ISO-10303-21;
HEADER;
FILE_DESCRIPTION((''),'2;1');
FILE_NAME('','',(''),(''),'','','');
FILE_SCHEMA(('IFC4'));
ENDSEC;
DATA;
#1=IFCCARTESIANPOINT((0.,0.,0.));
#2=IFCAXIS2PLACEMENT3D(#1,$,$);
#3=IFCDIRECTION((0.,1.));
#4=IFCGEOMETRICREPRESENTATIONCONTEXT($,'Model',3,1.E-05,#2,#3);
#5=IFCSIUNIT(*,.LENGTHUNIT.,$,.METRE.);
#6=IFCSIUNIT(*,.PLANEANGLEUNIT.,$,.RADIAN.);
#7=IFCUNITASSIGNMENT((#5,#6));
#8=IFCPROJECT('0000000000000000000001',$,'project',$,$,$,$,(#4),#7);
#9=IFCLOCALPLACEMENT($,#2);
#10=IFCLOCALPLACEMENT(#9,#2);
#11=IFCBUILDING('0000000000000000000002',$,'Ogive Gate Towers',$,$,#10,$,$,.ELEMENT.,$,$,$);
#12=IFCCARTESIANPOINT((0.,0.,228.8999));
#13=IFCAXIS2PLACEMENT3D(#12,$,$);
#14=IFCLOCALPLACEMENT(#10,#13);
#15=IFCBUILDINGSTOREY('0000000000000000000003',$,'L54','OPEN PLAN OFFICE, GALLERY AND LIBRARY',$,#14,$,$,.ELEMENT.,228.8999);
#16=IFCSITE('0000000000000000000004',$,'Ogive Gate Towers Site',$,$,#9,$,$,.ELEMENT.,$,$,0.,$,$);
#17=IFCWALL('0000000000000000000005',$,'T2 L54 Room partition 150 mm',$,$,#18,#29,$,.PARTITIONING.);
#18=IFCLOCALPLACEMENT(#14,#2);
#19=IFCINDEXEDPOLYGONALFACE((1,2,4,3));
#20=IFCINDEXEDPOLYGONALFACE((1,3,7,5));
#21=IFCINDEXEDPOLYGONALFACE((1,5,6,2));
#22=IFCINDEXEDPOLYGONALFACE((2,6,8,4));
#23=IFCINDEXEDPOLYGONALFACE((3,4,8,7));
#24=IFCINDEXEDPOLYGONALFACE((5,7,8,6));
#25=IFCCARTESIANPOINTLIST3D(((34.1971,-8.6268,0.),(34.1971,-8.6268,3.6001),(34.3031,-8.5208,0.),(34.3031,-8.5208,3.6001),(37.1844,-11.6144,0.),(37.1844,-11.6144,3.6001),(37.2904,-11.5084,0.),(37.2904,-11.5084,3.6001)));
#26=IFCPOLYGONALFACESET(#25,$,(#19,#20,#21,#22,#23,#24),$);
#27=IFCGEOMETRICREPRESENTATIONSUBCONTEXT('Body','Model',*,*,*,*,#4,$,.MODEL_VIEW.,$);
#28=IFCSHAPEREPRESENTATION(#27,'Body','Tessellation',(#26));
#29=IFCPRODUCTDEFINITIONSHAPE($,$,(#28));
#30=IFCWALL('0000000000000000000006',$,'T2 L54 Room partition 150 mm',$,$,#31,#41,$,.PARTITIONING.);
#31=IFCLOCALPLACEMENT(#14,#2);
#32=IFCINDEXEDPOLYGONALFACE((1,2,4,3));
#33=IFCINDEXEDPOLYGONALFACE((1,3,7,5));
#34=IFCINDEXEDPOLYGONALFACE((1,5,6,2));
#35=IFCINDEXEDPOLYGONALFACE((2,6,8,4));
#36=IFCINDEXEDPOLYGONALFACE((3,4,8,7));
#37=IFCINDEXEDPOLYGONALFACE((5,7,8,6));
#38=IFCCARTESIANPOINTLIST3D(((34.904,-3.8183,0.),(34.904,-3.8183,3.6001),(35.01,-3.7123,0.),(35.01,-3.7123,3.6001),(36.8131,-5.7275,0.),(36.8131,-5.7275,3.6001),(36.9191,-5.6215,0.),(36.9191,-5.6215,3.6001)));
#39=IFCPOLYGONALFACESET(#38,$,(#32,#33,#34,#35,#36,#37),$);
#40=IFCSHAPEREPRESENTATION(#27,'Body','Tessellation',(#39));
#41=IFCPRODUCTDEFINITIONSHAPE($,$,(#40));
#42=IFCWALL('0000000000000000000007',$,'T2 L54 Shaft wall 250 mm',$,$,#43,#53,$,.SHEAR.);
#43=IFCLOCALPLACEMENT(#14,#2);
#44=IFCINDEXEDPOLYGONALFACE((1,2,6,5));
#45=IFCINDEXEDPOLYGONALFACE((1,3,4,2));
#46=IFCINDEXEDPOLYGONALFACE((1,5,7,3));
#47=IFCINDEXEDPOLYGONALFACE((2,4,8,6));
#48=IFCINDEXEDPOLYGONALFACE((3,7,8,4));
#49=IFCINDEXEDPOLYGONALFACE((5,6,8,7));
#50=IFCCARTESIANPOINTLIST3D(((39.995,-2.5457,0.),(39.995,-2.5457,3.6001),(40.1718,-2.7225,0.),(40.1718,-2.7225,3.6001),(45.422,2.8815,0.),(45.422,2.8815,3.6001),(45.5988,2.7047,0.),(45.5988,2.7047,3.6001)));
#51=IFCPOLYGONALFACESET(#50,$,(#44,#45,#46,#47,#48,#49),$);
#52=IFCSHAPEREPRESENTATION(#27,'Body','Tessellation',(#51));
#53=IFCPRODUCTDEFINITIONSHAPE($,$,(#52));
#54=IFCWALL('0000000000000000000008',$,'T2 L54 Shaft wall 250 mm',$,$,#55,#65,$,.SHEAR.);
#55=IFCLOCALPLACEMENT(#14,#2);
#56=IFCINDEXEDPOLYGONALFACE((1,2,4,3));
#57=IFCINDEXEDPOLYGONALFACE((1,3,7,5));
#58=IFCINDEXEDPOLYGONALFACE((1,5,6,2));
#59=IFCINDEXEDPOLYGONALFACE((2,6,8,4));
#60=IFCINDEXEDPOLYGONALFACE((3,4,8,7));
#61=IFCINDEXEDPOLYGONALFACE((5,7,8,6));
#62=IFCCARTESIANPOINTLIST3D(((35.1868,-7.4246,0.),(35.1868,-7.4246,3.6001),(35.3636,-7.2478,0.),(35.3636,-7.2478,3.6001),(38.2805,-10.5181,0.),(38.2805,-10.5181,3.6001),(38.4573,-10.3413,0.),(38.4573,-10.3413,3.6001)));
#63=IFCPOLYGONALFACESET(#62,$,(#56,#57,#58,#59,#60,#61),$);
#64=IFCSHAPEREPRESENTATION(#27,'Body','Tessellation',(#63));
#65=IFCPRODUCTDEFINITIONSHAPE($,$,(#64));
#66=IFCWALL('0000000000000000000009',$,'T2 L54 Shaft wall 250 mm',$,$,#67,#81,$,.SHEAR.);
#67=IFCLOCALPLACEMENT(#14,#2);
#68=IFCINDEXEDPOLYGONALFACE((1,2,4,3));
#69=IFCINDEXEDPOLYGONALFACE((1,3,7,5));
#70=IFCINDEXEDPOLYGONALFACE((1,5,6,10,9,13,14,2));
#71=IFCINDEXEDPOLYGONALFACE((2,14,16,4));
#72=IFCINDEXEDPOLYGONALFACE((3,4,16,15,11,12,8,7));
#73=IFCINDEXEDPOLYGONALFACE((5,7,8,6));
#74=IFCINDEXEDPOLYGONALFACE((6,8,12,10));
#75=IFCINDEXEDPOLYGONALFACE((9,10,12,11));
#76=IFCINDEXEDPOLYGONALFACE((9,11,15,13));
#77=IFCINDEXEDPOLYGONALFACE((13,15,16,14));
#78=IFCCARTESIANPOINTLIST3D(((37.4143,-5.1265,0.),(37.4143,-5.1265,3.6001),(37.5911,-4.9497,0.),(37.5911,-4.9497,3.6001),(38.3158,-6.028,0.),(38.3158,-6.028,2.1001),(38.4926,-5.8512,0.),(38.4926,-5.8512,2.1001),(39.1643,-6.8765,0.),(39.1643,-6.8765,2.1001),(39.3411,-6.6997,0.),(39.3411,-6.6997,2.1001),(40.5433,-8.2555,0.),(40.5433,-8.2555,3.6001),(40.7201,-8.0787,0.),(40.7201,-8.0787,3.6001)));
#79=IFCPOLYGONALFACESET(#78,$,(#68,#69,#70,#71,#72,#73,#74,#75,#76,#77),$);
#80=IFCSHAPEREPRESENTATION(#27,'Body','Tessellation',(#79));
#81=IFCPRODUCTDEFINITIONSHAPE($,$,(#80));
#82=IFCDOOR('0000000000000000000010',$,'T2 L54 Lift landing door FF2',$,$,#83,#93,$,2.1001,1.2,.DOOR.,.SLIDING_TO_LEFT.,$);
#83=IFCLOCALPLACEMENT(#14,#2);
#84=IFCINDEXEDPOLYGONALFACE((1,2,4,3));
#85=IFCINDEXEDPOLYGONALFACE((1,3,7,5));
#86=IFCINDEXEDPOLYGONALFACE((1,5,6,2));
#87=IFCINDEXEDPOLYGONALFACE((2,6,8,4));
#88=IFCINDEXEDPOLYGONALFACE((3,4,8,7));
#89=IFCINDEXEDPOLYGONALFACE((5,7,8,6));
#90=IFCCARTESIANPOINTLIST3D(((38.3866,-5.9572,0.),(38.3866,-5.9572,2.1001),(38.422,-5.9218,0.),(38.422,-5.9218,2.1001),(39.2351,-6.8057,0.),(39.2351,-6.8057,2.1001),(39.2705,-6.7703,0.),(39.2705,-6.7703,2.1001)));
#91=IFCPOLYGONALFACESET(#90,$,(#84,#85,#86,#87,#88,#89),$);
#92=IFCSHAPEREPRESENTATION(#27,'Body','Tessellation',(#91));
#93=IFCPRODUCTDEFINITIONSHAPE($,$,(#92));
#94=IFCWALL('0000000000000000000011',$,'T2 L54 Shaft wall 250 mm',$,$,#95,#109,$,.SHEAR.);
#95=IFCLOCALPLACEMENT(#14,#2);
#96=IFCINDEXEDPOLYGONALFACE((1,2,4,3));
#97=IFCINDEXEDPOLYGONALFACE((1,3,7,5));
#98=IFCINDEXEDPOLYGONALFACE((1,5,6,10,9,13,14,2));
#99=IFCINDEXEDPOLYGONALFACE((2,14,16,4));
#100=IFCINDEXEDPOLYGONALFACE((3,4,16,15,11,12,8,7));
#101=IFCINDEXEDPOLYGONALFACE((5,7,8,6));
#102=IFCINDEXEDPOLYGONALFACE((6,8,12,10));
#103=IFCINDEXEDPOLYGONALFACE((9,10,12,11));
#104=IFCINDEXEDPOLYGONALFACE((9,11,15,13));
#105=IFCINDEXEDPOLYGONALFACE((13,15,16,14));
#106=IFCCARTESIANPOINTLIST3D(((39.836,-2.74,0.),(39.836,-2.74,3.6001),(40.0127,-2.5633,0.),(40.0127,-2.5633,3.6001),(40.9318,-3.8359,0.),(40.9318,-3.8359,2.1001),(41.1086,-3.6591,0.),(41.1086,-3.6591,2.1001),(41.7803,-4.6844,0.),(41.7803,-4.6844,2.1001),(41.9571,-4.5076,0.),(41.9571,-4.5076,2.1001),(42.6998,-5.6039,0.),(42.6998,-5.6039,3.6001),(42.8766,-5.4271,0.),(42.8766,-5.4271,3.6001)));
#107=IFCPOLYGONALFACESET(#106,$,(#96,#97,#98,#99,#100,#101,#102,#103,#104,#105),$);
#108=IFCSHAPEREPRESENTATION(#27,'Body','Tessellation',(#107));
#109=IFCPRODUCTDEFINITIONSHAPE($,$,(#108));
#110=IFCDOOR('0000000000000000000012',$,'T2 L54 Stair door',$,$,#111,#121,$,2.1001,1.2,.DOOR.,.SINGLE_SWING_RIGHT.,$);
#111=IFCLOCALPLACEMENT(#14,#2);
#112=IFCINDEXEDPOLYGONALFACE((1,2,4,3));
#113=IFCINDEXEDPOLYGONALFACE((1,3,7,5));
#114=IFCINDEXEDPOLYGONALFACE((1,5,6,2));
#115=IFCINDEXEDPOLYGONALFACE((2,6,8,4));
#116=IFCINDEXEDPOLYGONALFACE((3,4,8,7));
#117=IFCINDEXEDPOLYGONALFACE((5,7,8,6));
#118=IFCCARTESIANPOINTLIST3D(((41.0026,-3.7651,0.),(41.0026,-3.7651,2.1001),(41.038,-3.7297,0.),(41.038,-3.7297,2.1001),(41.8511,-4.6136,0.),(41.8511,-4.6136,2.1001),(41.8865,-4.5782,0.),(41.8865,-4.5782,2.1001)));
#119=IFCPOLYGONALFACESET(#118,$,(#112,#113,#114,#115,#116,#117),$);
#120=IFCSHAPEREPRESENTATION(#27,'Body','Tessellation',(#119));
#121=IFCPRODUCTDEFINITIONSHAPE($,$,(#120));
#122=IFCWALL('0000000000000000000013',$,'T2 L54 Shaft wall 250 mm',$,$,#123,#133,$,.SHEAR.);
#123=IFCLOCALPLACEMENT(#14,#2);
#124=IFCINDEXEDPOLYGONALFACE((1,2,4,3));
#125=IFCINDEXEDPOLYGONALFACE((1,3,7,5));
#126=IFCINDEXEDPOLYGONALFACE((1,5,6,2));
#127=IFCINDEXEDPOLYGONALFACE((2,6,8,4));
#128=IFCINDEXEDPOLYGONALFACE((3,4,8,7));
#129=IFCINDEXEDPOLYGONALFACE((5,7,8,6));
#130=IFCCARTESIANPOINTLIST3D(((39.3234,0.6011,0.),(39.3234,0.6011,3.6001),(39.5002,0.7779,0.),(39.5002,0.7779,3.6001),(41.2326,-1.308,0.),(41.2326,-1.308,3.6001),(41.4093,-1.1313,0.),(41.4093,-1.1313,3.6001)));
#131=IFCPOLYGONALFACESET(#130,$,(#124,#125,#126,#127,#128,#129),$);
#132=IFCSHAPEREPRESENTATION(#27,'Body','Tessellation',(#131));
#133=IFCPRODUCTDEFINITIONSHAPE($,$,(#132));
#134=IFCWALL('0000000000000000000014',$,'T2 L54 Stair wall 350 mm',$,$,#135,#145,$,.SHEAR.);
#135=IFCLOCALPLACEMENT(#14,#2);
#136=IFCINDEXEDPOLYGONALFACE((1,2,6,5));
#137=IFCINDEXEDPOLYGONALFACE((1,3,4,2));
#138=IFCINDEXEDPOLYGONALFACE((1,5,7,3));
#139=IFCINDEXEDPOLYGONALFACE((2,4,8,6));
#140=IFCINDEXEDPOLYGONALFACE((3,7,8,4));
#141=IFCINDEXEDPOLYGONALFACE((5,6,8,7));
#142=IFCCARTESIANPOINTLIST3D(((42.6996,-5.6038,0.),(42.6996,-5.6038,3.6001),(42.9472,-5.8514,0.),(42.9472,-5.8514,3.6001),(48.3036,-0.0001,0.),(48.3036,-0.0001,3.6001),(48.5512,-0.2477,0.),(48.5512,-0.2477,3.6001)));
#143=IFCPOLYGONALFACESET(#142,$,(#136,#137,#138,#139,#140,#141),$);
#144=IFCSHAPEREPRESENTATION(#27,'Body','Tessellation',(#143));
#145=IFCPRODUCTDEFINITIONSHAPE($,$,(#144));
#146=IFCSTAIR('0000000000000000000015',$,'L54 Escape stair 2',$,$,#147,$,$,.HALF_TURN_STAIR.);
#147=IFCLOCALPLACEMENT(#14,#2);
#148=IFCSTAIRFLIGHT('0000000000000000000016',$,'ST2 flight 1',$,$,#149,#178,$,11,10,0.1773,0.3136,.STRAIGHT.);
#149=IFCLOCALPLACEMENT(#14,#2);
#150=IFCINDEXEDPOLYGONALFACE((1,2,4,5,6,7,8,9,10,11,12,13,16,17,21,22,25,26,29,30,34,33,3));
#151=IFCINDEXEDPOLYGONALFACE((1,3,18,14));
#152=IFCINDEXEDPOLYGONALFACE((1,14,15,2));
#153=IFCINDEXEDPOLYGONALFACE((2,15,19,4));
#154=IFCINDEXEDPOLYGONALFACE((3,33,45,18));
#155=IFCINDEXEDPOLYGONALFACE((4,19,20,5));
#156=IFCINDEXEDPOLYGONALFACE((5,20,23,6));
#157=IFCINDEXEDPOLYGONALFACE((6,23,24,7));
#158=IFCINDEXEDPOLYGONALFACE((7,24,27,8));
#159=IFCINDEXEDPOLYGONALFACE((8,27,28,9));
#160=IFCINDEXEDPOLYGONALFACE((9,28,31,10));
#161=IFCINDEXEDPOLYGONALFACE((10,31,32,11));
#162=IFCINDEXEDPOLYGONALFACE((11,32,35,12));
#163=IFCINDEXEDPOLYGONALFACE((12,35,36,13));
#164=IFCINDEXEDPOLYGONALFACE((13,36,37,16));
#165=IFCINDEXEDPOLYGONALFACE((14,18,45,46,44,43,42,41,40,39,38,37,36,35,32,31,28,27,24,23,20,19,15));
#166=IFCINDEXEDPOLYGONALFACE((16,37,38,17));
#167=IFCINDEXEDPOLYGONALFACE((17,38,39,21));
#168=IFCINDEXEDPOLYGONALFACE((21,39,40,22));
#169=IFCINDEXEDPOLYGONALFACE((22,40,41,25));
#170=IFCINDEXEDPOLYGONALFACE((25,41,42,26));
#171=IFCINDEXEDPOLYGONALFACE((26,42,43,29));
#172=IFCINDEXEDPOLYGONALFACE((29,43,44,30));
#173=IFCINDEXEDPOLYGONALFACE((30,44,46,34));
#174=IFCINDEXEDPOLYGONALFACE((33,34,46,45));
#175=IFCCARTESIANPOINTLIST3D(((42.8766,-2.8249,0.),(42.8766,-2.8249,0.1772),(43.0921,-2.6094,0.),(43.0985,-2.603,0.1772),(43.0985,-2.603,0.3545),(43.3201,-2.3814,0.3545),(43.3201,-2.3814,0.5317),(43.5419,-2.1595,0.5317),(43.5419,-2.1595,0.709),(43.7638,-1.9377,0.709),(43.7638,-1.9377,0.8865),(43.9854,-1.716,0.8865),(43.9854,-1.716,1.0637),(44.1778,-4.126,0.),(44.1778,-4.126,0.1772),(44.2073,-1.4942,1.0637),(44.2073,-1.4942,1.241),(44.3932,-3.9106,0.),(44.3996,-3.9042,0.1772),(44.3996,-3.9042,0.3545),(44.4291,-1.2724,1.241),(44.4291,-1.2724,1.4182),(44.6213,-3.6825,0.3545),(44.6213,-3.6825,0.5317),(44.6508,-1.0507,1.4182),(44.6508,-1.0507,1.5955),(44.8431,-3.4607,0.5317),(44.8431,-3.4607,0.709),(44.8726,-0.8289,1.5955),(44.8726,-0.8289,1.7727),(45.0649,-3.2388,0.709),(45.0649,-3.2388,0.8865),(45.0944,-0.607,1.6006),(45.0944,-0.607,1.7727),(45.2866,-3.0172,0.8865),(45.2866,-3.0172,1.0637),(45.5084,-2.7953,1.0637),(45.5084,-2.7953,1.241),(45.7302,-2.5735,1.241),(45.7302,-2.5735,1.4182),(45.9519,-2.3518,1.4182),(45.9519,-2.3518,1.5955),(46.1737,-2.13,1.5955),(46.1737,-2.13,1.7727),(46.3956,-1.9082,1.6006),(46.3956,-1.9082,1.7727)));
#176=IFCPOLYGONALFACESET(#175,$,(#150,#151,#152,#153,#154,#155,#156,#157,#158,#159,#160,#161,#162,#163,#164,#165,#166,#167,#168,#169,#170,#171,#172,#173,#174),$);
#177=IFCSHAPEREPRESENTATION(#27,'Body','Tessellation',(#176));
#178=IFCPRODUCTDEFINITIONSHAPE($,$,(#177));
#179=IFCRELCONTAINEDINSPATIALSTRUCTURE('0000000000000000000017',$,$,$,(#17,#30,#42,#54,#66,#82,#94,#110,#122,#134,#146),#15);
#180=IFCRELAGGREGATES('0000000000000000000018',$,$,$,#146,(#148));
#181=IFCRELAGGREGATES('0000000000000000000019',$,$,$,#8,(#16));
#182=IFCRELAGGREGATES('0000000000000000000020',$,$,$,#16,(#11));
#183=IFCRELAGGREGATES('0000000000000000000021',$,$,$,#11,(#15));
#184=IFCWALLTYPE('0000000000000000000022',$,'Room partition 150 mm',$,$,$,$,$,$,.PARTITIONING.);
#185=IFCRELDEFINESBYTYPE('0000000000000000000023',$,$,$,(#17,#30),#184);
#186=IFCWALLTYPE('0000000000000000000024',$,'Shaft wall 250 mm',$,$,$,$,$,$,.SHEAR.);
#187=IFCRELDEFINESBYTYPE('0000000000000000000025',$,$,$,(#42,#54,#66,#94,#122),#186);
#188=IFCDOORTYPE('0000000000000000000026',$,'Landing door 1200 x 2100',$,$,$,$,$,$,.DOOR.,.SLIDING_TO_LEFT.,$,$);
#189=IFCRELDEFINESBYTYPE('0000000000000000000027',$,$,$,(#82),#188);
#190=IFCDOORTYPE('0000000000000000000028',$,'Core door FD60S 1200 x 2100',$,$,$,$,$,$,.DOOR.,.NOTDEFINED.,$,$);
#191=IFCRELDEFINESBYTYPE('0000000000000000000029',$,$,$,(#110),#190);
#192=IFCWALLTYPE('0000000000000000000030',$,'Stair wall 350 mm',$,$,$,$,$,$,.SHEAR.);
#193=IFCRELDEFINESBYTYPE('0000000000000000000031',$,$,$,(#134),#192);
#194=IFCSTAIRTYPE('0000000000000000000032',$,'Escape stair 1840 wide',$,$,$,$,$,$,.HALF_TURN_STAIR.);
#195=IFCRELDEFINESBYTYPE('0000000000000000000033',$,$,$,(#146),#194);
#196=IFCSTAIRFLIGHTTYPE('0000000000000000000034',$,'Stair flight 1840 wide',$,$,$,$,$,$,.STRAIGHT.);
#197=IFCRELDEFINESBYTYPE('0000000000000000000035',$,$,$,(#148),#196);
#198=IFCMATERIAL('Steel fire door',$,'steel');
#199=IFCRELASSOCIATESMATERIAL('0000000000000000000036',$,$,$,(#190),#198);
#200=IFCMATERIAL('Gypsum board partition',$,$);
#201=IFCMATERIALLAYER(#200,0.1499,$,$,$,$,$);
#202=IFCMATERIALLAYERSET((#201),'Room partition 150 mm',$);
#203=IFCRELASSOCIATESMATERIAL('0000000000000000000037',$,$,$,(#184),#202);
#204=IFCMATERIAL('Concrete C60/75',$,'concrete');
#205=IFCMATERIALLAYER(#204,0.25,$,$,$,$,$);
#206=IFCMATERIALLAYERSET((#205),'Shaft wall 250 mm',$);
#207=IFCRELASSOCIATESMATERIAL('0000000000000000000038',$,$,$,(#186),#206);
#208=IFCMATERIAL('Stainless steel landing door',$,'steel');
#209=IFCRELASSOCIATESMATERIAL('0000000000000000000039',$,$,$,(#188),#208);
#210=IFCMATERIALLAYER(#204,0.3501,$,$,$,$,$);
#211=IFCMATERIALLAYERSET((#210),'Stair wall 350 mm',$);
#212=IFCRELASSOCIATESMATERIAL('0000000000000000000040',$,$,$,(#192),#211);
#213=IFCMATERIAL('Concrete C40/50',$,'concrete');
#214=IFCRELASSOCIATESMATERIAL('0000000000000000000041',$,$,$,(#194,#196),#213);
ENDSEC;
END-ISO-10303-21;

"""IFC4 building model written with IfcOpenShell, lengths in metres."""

from ifc_helpers import new_model, si_unit, direction, frame, frame_2d, origin, place, context, subcontext, project, spatial, polyline, rectangle, outline, extrude, material, layer, layer_set, type_object, element, fill, aggregate, save


model = new_model("IFC4")

# Units and contexts
model_context = context("Model", 3, precision=1e-05, world=origin(), true_north=direction((0.0, 1.0)))
body_context = subcontext(model_context, "Body", "Model", "MODEL_VIEW")
ifc_project = project(units=[si_unit("LENGTHUNIT", "METRE"), si_unit("PLANEANGLEUNIT", "RADIAN")], contexts=[model_context])

# Site, building, storey
site_placement = place(None, origin())
site = spatial("IfcSite", under=ifc_project, at=site_placement, Name="Ogive Gate Towers Site", CompositionType="ELEMENT", RefElevation=0.0)
building_placement = place(site_placement, origin())
building = spatial("IfcBuilding", under=site, at=building_placement, Name="Ogive Gate Towers", CompositionType="ELEMENT")
storey_placement = place(building_placement, frame((0.0, 0.0, 228.8999)))
storey = spatial("IfcBuildingStorey", under=building, at=storey_placement, Name="L54", Description="OPEN PLAN OFFICE, GALLERY AND LIBRARY", CompositionType="ELEMENT", Elevation=228.8999)

# Shared definitions
ifc_material_1 = material(Name="Concrete C40/50", Category="concrete")

# Shared definitions
ifc_material_2 = material(Name="Concrete C60/75", Category="concrete")
ifc_material_3 = material(Name="Steel fire door", Category="steel")
door_type_1 = type_object("IfcDoorType", Name="Core door FD60S 1200 x 2100", OperationType="NOTDEFINED", PredefinedType="DOOR", material=ifc_material_3)

# Shared definitions
ifc_material_4 = material(Name="Gypsum board partition")

# Walls
ifc_layer_1 = layer(ifc_material_4, 0.1499)
ifc_layer_set_1 = layer_set([ifc_layer_1], Name="Room partition 150 mm")
wall_type_1 = type_object("IfcWallType", Name="Room partition 150 mm", PredefinedType="PARTITIONING", material=ifc_layer_set_1)
wall_1_placement = place(storey_placement, frame((37.2373, -11.5613, 0.0), z_axis=(0.0, 0.0, 1.0), x_axis=(-0.707078, 0.707136, 0.0)))
element("IfcWall", 1, at=wall_1_placement, inside=storey, type_object=wall_type_1, Name="T2 L54 Room partition 150 mm", PredefinedType="PARTITIONING", context=body_context, shape_type="SweptSolid", body=[
    extrude(rectangle(XDim=4.2249, YDim=0.1499, at=frame_2d((2.1123, 0.0))), origin(), (0.0, 0.0, 1.0), 3.6001),
])
wall_2_placement = place(storey_placement, frame((36.8662, -5.6746, 0.0), z_axis=(0.0, 0.0, 1.0), x_axis=(-0.707107, 0.707107, 0.0)))
element("IfcWall", 2, at=wall_2_placement, inside=storey, type_object=wall_type_1, Name="T2 L54 Room partition 150 mm", PredefinedType="PARTITIONING", context=body_context, shape_type="SweptSolid", body=[
    extrude(rectangle(XDim=2.7, YDim=0.1499, at=frame_2d((1.3501, 0.0))), origin(), (0.0, 0.0, 1.0), 3.6001),
])
ifc_layer_2 = layer(ifc_material_2, 0.25)
ifc_layer_set_2 = layer_set([ifc_layer_2], Name="Shaft wall 250 mm")
wall_type_2 = type_object("IfcWallType", Name="Shaft wall 250 mm", PredefinedType="SHEAR", material=ifc_layer_set_2)
wall_3_placement = place(storey_placement, frame((40.0835, -2.634, 0.0), z_axis=(0.0, 0.0, 1.0), x_axis=(0.707091, 0.707123, 0.0)))
element("IfcWall", 3, at=wall_3_placement, inside=storey, type_object=wall_type_2, Name="T2 L54 Shaft wall 250 mm", PredefinedType="SHEAR", context=body_context, shape_type="SweptSolid", body=[
    extrude(rectangle(XDim=7.675, YDim=0.25, at=frame_2d((3.8374, 0.0))), origin(), (0.0, 0.0, 1.0), 3.6001),
])
wall_4_placement = place(storey_placement, frame((38.3689, -10.4297, 0.0), z_axis=(0.0, 0.0, 1.0), x_axis=(-0.707135, 0.707079, 0.0)))
element("IfcWall", 4, at=wall_4_placement, inside=storey, type_object=wall_type_2, Name="T2 L54 Shaft wall 250 mm", PredefinedType="SHEAR", context=body_context, shape_type="SweptSolid", body=[
    extrude(rectangle(XDim=4.375, YDim=0.25, at=frame_2d((2.1875, 0.0))), origin(), (0.0, 0.0, 1.0), 3.6001),
])

# Walls, openings, doors
wall_5_placement = place(storey_placement, frame((40.6316, -8.167, 0.0), z_axis=(0.0, 0.0, 1.0), x_axis=(-0.707107, 0.707107, 0.0)))
wall_5 = element("IfcWall", 5, at=wall_5_placement, inside=storey, type_object=wall_type_2, Name="T2 L54 Shaft wall 250 mm", PredefinedType="SHEAR", context=body_context, shape_type="SweptSolid", body=[
    extrude(rectangle(XDim=4.425, YDim=0.25, at=frame_2d((2.2124, 0.0))), origin(), (0.0, 0.0, 1.0), 3.6001),
])
opening_1_placement = place(wall_5_placement, frame((1.95, 0.0, 0.0)))
opening_1 = element("IfcOpeningElement", 6, at=opening_1_placement, cuts=wall_5, PredefinedType="OPENING", context=body_context, shape_type="SweptSolid", body=[
    extrude(rectangle(XDim=1.2, YDim=2.1001, at=frame_2d((0.6001, 1.05))), frame((0.0, 0.135, 0.0), z_axis=(0.0, -1.0, 0.0), x_axis=(1.0, 0.0, 0.0)), (0.0, 0.0, 1.0), 0.27),
])
ifc_material_5 = material(Name="Stainless steel landing door", Category="steel")
door_type_2 = type_object("IfcDoorType", Name="Landing door 1200 x 2100", OperationType="SLIDING_TO_LEFT", PredefinedType="DOOR", material=ifc_material_5)
door_1_placement = place(opening_1_placement, origin())
door_1 = element("IfcDoor", 7, at=door_1_placement, inside=storey, type_object=door_type_2, Name="T2 L54 Lift landing door FF2", OperationType="SLIDING_TO_LEFT", OverallHeight=2.1001, OverallWidth=1.2, PredefinedType="DOOR", context=body_context, shape_type="SweptSolid", body=[
    extrude(rectangle(XDim=1.2, YDim=2.1001, at=frame_2d((0.6001, 1.05))), frame((0.0, 0.0249, 0.0), z_axis=(0.0, -1.0, 0.0), x_axis=(1.0, 0.0, 0.0)), (0.0, 0.0, 1.0), 0.05),
])
fill(opening_1, door_1)
wall_6_placement = place(storey_placement, frame((42.7881, -5.5154, 0.0), z_axis=(0.0, 0.0, 1.0), x_axis=(-0.707107, 0.707107, 0.0)))
wall_6 = element("IfcWall", 8, at=wall_6_placement, inside=storey, type_object=wall_type_2, Name="T2 L54 Shaft wall 250 mm", PredefinedType="SHEAR", context=body_context, shape_type="SweptSolid", body=[
    extrude(rectangle(XDim=4.05, YDim=0.25, at=frame_2d((2.0249, 0.0))), origin(), (0.0, 0.0, 1.0), 3.6001),
])
opening_2_placement = place(wall_6_placement, frame((1.3, 0.0, 0.0)))
opening_2 = element("IfcOpeningElement", 9, at=opening_2_placement, cuts=wall_6, PredefinedType="OPENING", context=body_context, shape_type="SweptSolid", body=[
    extrude(rectangle(XDim=1.2, YDim=2.1001, at=frame_2d((0.6001, 1.05))), frame((0.0, 0.135, 0.0), z_axis=(0.0, -1.0, 0.0), x_axis=(1.0, 0.0, 0.0)), (0.0, 0.0, 1.0), 0.27),
])
door_2_placement = place(opening_2_placement, origin())
door_2 = element("IfcDoor", 10, at=door_2_placement, inside=storey, type_object=door_type_1, Name="T2 L54 Stair door", OperationType="SINGLE_SWING_RIGHT", OverallHeight=2.1001, OverallWidth=1.2, PredefinedType="DOOR", context=body_context, shape_type="SweptSolid", body=[
    extrude(rectangle(XDim=1.2, YDim=2.1001, at=frame_2d((0.6001, 1.05))), frame((0.0, 0.0249, 0.0), z_axis=(0.0, -1.0, 0.0), x_axis=(1.0, 0.0, 0.0)), (0.0, 0.0, 1.0), 0.05),
])
fill(opening_2, door_2)

# Walls
wall_7_placement = place(storey_placement, frame((41.321, -1.2197, 0.0), z_axis=(0.0, 0.0, 1.0), x_axis=(-0.707107, 0.707107, 0.0)))
element("IfcWall", 11, at=wall_7_placement, inside=storey, type_object=wall_type_2, Name="T2 L54 Shaft wall 250 mm", PredefinedType="SHEAR", context=body_context, shape_type="SweptSolid", body=[
    extrude(rectangle(XDim=2.7, YDim=0.25, at=frame_2d((1.3501, 0.0))), origin(), (0.0, 0.0, 1.0), 3.6001),
])
ifc_layer_3 = layer(ifc_material_2, 0.3501)
ifc_layer_set_3 = layer_set([ifc_layer_3], Name="Stair wall 350 mm")
wall_type_3 = type_object("IfcWallType", Name="Stair wall 350 mm", PredefinedType="SHEAR", material=ifc_layer_set_3)
wall_8_placement = place(storey_placement, frame((42.8235, -5.7275, 0.0), z_axis=(0.0, 0.0, 1.0), x_axis=(0.707122, 0.707091, 0.0)))
element("IfcWall", 12, at=wall_8_placement, inside=storey, type_object=wall_type_3, Name="T2 L54 Stair wall 350 mm", PredefinedType="SHEAR", context=body_context, shape_type="SweptSolid", body=[
    extrude(rectangle(XDim=7.925, YDim=0.3501, at=frame_2d((3.9624, 0.0))), origin(), (0.0, 0.0, 1.0), 3.6001),
])

# Stair, stair flight
stair_type = type_object("IfcStairType", Name="Escape stair 1840 wide", PredefinedType="HALF_TURN_STAIR", material=ifc_material_1)
stair_placement = place(storey_placement, origin())
stair = element("IfcStair", 13, at=stair_placement, inside=storey, type_object=stair_type, Name="L54 Escape stair 2", PredefinedType="HALF_TURN_STAIR")
stair_flight_type = type_object("IfcStairFlightType", Name="Stair flight 1840 wide", PredefinedType="STRAIGHT", material=ifc_material_1)
stair_flight_placement = place(storey_placement, frame((43.5271, -3.4753, 0.0), z_axis=(0.0, 0.0, 1.0), x_axis=(0.707107, 0.707107, 0.0)))
stair_flight = element("IfcStairFlight", 14, at=stair_flight_placement, type_object=stair_flight_type, Name="ST2 flight 1", NumberOfRisers=11, NumberOfTreads=10, PredefinedType="STRAIGHT", RiserHeight=0.1773, TreadLength=0.3136, context=body_context, shape_type="SweptSolid", body=[
    extrude(outline(polyline([(0.0, 0.0), (0.0, 0.1772), (0.3137, 0.1772), (0.3137, 0.3545), (0.6272, 0.3545), (0.6272, 0.5317), (0.9409, 0.5317), (0.9409, 0.709), (1.2546, 0.709), (1.2546, 0.8865), (1.5681, 0.8865), (1.5681, 1.0637), (1.8818, 1.0637), (1.8818, 1.241), (2.1956, 1.241), (2.1956, 1.4182), (2.509, 1.4182), (2.509, 1.5955), (2.8228, 1.5955), (2.8228, 1.7727), (3.1365, 1.7727), (3.1365, 1.95), (3.1365, 1.6006), (0.3047, 0.0), (0.0, 0.0)])), frame((0.0, 0.9199, 0.0), z_axis=(0.0, -1.0, 0.0), x_axis=(1.0, 0.0, 0.0)), (0.0, 0.0, 1.0), 1.8401),
])
aggregate(stair, [stair_flight])

save(model, "model.ifc")
